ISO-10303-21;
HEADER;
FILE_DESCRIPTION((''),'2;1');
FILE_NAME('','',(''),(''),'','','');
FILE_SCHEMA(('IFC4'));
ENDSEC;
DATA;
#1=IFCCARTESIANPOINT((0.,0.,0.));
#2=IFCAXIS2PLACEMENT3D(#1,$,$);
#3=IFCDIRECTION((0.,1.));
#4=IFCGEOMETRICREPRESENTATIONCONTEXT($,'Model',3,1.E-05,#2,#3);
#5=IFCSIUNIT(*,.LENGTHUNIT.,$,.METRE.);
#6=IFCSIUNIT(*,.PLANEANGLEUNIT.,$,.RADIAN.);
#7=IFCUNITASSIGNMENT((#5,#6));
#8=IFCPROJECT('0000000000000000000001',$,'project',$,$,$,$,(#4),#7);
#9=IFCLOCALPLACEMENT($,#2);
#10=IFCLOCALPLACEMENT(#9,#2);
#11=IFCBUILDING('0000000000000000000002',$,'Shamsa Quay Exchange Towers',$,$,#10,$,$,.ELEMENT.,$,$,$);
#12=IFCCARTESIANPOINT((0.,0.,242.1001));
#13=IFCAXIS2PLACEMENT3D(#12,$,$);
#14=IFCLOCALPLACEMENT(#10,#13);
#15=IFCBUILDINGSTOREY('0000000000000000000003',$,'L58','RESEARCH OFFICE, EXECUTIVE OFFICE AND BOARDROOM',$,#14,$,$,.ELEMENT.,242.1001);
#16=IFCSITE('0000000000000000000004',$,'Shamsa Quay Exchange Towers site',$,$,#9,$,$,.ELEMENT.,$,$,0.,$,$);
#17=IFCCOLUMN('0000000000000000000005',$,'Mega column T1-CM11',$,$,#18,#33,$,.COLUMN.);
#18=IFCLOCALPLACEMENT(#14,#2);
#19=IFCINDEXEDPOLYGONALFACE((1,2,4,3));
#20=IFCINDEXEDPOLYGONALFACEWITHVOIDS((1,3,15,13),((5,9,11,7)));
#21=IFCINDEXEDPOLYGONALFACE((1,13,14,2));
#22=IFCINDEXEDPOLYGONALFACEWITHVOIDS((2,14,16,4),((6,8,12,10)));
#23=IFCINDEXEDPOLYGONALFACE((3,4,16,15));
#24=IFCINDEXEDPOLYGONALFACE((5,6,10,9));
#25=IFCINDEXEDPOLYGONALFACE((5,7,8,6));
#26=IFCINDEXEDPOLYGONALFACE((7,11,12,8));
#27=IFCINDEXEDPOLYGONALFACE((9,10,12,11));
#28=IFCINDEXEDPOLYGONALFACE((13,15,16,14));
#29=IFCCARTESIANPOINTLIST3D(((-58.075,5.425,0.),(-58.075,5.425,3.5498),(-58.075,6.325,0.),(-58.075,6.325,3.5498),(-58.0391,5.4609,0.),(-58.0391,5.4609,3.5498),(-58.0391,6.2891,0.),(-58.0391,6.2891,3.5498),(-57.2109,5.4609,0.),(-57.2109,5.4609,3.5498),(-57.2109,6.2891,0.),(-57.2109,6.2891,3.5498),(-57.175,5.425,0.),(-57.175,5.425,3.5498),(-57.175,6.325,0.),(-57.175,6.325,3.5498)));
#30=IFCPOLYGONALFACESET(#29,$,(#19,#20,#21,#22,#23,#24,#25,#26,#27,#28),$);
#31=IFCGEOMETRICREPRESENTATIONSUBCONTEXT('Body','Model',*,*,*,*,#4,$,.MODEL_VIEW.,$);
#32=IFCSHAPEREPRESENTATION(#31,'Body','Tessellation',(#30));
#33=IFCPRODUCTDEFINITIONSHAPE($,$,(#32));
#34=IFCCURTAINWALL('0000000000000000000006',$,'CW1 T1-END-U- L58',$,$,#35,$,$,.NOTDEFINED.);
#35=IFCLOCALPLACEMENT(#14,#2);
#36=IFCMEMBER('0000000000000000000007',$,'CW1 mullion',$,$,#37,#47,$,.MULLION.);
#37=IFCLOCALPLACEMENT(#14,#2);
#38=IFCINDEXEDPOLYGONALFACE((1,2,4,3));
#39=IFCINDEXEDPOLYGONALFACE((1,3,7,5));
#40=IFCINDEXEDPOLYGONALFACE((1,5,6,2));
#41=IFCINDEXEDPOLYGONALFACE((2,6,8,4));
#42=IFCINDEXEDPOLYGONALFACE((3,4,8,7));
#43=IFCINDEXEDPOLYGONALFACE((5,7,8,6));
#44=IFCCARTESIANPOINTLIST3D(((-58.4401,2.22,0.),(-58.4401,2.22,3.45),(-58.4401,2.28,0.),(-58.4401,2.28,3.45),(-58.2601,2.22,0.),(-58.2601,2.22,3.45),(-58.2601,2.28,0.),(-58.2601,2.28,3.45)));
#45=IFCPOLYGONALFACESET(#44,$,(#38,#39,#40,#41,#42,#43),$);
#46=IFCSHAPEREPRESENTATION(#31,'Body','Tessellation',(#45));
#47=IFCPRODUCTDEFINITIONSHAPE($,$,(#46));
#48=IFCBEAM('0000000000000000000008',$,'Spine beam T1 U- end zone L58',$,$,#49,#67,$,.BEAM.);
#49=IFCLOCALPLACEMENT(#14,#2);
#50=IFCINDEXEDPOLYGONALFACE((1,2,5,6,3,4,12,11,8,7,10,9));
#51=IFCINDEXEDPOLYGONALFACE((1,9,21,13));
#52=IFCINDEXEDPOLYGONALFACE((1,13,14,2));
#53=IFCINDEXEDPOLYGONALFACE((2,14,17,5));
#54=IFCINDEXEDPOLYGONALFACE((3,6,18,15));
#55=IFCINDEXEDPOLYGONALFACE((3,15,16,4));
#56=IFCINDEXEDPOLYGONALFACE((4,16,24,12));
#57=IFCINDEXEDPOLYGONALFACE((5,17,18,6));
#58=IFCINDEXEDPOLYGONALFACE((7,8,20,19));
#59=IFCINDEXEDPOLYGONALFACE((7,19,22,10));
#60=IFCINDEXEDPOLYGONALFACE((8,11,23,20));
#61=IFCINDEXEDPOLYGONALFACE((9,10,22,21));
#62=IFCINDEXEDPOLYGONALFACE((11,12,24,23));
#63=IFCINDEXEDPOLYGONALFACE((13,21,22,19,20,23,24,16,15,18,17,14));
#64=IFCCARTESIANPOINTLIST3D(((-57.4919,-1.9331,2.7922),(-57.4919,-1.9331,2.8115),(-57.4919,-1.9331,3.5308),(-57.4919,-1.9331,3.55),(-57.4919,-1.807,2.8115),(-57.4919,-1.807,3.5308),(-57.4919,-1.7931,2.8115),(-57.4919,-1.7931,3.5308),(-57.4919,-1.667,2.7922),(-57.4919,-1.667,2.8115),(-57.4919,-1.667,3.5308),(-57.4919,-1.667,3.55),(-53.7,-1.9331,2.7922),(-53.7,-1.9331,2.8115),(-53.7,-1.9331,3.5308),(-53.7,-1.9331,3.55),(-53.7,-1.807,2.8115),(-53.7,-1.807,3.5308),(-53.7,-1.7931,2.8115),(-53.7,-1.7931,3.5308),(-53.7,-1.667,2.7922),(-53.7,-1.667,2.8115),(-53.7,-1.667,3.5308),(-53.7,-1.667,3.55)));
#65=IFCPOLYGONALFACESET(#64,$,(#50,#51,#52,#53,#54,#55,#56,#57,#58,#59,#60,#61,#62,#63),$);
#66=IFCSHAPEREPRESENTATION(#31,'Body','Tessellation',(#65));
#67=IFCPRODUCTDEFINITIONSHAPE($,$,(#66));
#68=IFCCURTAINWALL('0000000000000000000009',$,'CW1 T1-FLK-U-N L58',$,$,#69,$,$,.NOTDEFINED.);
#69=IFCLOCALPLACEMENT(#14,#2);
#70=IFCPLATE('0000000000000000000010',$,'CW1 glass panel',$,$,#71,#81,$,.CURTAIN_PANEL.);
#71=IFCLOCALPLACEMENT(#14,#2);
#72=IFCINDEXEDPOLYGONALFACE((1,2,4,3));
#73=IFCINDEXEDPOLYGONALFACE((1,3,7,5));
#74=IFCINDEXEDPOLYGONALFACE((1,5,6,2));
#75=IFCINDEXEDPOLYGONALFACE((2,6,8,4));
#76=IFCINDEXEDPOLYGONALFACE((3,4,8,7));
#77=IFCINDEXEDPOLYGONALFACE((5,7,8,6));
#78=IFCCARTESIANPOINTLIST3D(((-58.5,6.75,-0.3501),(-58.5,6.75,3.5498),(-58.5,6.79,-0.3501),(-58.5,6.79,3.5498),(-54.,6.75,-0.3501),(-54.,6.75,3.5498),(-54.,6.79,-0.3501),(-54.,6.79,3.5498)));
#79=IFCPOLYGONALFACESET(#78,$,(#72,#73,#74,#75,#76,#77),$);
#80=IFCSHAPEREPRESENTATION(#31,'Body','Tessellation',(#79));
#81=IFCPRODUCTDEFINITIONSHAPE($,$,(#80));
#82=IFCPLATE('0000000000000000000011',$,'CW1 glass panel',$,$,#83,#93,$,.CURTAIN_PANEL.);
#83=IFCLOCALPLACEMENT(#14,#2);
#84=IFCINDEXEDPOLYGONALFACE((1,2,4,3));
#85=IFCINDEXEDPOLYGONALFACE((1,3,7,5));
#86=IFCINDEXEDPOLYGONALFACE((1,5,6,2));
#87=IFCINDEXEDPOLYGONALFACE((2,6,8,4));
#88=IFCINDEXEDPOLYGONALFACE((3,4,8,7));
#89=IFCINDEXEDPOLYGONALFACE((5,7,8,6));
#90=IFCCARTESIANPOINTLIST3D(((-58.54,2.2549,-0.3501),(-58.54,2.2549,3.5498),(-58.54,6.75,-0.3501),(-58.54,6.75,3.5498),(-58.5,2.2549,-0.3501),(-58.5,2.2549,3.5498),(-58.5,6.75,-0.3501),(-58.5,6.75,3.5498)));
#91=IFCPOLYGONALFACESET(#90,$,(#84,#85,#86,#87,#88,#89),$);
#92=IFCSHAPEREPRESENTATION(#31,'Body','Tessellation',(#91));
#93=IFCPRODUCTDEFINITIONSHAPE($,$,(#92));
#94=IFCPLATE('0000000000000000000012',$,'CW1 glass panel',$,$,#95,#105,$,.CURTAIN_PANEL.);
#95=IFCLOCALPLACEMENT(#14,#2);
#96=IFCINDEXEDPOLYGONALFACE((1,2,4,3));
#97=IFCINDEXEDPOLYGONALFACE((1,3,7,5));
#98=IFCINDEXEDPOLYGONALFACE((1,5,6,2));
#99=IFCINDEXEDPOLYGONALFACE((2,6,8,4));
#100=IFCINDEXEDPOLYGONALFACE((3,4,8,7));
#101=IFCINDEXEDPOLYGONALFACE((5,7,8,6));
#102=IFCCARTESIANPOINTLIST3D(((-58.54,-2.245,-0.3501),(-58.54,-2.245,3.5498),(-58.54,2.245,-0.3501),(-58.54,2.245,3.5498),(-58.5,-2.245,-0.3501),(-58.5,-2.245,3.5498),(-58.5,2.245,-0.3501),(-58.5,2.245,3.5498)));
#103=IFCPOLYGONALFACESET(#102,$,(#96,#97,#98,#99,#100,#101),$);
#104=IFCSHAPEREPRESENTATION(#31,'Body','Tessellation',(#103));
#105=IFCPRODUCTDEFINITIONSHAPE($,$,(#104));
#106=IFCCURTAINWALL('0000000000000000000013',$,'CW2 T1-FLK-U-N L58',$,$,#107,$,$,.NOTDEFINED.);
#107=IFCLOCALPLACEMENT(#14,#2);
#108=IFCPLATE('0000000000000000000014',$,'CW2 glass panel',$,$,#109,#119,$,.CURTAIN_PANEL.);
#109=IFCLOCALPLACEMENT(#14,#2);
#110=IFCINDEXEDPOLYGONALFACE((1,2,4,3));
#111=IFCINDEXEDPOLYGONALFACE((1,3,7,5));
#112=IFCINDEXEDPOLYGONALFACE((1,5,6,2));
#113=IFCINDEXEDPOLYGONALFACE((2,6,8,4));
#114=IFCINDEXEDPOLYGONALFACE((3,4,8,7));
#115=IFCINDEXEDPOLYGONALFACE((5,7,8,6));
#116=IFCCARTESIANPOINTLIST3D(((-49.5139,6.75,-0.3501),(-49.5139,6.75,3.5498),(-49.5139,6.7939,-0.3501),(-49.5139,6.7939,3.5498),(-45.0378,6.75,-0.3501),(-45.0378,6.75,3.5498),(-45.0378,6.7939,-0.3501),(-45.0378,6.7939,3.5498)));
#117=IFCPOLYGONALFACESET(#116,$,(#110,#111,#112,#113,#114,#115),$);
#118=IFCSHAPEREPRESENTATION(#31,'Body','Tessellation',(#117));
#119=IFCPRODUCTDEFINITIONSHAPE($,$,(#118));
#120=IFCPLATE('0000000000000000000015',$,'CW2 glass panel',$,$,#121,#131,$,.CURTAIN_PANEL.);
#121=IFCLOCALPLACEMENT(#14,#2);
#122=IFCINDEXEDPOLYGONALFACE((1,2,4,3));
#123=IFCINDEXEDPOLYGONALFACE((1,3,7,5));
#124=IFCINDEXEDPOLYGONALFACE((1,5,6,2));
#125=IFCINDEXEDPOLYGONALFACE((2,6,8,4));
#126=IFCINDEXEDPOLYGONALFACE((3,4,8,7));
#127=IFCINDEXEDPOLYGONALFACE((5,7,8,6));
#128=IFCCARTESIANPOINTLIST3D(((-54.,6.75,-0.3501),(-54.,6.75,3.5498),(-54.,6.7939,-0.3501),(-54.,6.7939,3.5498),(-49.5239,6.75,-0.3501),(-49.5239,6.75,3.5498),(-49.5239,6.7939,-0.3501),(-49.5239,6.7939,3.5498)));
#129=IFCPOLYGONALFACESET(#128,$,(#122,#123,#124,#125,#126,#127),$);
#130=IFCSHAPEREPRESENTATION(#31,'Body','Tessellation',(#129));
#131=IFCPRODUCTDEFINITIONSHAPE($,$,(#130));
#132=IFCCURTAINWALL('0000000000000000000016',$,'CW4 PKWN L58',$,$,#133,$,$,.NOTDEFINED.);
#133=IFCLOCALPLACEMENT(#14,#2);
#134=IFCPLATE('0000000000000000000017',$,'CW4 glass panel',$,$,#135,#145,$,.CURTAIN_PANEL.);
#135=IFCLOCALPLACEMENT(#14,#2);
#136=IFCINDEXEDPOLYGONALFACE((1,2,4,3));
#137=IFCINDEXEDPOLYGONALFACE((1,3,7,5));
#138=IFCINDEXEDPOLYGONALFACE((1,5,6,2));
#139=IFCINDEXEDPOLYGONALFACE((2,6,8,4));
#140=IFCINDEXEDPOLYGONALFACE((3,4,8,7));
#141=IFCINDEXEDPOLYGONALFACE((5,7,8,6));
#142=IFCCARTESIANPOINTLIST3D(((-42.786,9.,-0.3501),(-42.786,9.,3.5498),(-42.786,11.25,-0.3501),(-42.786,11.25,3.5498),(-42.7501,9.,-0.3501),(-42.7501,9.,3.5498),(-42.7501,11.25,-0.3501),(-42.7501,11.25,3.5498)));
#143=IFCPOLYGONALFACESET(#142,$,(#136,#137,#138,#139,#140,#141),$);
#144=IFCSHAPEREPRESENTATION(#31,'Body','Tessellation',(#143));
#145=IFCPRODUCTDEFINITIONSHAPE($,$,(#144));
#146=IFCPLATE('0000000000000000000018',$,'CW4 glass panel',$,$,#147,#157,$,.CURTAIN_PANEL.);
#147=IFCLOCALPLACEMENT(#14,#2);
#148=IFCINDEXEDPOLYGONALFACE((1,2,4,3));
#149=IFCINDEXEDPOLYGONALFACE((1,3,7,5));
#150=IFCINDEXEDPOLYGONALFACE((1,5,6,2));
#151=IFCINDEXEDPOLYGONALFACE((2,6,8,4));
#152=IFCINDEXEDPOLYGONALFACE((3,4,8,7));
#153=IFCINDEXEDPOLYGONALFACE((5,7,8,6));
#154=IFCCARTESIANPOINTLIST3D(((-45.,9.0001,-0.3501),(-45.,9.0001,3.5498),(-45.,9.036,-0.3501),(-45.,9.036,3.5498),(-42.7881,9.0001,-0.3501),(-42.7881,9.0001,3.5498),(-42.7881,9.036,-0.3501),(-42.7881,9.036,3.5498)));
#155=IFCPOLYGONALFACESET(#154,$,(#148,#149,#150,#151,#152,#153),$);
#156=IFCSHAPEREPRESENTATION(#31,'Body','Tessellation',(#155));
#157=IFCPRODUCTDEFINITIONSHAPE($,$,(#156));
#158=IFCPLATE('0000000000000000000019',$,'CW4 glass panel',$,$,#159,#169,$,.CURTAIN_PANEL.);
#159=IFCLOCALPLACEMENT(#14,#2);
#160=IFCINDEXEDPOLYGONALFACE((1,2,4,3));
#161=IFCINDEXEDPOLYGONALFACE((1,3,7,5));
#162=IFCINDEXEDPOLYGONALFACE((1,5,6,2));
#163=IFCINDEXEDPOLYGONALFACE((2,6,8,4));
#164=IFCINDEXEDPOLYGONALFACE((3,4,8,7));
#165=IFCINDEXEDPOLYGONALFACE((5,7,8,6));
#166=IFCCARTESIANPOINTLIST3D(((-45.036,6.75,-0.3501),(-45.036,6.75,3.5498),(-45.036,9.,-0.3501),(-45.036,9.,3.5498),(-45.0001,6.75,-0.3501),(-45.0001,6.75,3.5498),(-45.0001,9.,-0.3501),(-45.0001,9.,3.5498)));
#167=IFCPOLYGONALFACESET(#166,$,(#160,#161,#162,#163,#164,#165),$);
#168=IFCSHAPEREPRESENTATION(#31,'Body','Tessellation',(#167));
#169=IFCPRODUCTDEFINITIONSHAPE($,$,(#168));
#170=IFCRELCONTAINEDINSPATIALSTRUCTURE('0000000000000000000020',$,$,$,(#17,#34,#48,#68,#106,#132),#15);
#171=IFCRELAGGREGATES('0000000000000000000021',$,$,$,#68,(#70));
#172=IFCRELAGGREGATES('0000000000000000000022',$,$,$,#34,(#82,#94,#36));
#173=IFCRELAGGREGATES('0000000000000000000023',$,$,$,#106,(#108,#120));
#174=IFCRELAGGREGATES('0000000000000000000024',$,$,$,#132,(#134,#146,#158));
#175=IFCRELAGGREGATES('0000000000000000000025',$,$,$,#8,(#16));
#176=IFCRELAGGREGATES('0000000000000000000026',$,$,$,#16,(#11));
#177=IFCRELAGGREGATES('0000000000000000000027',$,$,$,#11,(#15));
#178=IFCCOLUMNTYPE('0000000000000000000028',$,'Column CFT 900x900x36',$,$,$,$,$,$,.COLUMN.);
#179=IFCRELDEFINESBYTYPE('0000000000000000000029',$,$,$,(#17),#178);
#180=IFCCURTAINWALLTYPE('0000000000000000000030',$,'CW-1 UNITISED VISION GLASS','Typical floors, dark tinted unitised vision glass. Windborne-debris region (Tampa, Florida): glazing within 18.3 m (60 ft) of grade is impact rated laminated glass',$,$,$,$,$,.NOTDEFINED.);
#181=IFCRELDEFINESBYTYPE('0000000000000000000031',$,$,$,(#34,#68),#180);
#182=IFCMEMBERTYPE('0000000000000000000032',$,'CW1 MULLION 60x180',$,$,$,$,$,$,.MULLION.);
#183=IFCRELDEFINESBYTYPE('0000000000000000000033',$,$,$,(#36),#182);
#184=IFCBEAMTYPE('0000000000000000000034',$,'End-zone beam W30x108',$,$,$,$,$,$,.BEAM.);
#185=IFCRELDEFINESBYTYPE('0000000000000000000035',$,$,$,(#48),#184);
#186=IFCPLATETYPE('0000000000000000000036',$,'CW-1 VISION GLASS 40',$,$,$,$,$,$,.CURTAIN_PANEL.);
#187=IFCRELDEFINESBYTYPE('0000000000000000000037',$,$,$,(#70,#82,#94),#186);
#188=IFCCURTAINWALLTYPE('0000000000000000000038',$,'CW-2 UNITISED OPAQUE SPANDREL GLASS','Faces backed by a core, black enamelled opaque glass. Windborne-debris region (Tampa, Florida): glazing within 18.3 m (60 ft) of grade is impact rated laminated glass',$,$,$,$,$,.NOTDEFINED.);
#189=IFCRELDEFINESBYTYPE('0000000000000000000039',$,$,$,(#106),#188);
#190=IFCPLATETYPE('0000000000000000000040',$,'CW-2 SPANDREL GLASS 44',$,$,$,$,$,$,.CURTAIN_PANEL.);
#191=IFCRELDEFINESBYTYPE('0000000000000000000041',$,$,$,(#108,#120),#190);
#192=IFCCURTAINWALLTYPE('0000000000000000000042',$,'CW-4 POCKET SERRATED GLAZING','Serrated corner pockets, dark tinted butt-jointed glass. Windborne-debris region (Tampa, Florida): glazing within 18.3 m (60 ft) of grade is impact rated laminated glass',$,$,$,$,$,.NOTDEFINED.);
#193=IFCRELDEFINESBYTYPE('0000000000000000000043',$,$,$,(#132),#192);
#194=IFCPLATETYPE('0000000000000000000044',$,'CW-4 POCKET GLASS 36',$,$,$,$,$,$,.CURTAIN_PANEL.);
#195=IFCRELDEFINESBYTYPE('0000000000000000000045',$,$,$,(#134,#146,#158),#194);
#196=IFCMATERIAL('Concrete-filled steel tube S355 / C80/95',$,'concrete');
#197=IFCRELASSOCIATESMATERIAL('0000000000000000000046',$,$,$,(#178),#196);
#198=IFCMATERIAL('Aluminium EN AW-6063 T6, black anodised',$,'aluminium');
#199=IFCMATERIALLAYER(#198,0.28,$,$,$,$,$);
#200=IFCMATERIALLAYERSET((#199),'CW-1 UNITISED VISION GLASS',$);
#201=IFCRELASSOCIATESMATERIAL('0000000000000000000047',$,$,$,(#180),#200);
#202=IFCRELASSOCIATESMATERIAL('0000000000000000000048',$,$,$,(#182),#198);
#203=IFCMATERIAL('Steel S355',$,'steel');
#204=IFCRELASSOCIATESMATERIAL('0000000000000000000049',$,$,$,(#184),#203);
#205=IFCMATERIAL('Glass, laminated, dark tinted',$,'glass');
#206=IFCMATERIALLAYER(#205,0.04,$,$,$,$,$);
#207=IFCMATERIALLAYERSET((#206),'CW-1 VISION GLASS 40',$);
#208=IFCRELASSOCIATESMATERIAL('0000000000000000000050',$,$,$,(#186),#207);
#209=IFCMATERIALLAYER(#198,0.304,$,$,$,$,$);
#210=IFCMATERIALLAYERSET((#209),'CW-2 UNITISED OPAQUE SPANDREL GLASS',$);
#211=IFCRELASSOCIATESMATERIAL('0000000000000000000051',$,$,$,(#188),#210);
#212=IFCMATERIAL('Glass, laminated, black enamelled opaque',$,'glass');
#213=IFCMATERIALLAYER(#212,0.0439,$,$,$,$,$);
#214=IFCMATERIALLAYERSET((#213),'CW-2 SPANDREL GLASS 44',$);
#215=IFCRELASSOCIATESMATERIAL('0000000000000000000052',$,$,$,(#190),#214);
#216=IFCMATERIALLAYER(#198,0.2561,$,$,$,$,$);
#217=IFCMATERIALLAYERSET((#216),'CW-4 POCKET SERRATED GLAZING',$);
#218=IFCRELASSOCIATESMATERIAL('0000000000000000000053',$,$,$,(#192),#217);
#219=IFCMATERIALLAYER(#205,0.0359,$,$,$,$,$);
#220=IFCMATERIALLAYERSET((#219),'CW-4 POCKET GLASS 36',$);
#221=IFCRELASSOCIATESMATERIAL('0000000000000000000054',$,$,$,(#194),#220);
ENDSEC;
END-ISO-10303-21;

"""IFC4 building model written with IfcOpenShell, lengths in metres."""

from ifc_helpers import new_model, si_unit, direction, frame, origin, origin_2d, place, context, subcontext, project, spatial, rectangle, hollow_rectangle, i_section, extrude, material, layer, layer_set, material_profile, profile_set, type_object, element, aggregate, save


model = new_model("IFC4")

# Units and contexts
model_context = context("Model", 3, precision=1e-05, world=origin(), true_north=direction((0.0, 1.0)))
body_context = subcontext(model_context, "Body", "Model", "MODEL_VIEW")
ifc_project = project(units=[si_unit("LENGTHUNIT", "METRE"), si_unit("PLANEANGLEUNIT", "RADIAN")], contexts=[model_context])

# Site, building, storey
site_placement = place(None, origin())
site = spatial("IfcSite", under=ifc_project, at=site_placement, Name="Shamsa Quay Exchange Towers site", CompositionType="ELEMENT", RefElevation=0.0)
building_placement = place(site_placement, origin())
building = spatial("IfcBuilding", under=site, at=building_placement, Name="Shamsa Quay Exchange Towers", CompositionType="ELEMENT")
storey_placement = place(building_placement, frame((0.0, 0.0, 242.1001)))
storey = spatial("IfcBuildingStorey", under=building, at=storey_placement, Name="L58", Description="RESEARCH OFFICE, EXECUTIVE OFFICE AND BOARDROOM", CompositionType="ELEMENT", Elevation=242.1001)

# Column
ifc_material_1 = material(Name="Concrete-filled steel tube S355 / C80/95", Category="concrete")
ifc_material_profile_1 = material_profile(ifc_material_1, hollow_rectangle(XDim=0.8999, YDim=0.8999, WallThickness=0.0359, at=origin_2d()), Name="CFT 900x900x36")
ifc_profile_set_1 = profile_set([ifc_material_profile_1], Name="Concrete-filled steel tube S355 / C80/95")
column_type = type_object("IfcColumnType", Name="Column CFT 900x900x36", PredefinedType="COLUMN", material=ifc_profile_set_1)
column_placement = place(storey_placement, frame((-57.625, 5.875, 0.0)))
element("IfcColumn", 1, at=column_placement, inside=storey, type_object=column_type, Name="Mega column T1-CM11", PredefinedType="COLUMN", context=body_context, shape_type="SweptSolid", body=[
    extrude(hollow_rectangle(XDim=0.8999, YDim=0.8999, WallThickness=0.0359, at=origin_2d()), origin(), (0.0, 0.0, 1.0), 3.5498),
])

# Curtain wall, member
ifc_material_2 = material(Name="Aluminium EN AW-6063 T6, black anodised", Category="aluminium")
ifc_layer_1 = layer(ifc_material_2, 0.28)
ifc_layer_set_1 = layer_set([ifc_layer_1], Name="CW-1 UNITISED VISION GLASS")
curtain_wall_type_1 = type_object("IfcCurtainWallType", Name="CW-1 UNITISED VISION GLASS", Description="Typical floors, dark tinted unitised vision glass. Windborne-debris region (Tampa, Florida): glazing within 18.3 m (60 ft) of grade is impact rated laminated glass", PredefinedType="NOTDEFINED", material=ifc_layer_set_1)
curtain_wall_1_placement = place(storey_placement, origin())
curtain_wall_1 = element("IfcCurtainWall", 2, at=curtain_wall_1_placement, inside=storey, type_object=curtain_wall_type_1, Name="CW1 T1-END-U- L58", PredefinedType="NOTDEFINED")
ifc_material_profile_2 = material_profile(ifc_material_2, rectangle(XDim=0.1799, YDim=0.0601, at=origin_2d()), Name="MU60x180")
ifc_profile_set_2 = profile_set([ifc_material_profile_2], Name="Aluminium EN AW-6063 T6, black anodised")
member_type = type_object("IfcMemberType", Name="CW1 MULLION 60x180", PredefinedType="MULLION", material=ifc_profile_set_2)
member_placement = place(storey_placement, frame((-58.3501, 2.25, 0.0)))
member = element("IfcMember", 3, at=member_placement, type_object=member_type, Name="CW1 mullion", PredefinedType="MULLION", context=body_context, shape_type="SweptSolid", body=[
    extrude(rectangle(XDim=0.1799, YDim=0.0601, at=origin_2d()), origin(), (0.0, 0.0, 1.0), 3.45),
])

# Beam
ifc_material_3 = material(Name="Steel S355", Category="steel")
ifc_material_profile_3 = material_profile(ifc_material_3, i_section(OverallWidth=0.2661, OverallDepth=0.7578, WebThickness=0.0139, FlangeThickness=0.0193, at=origin_2d()), Name="W30x108")
ifc_profile_set_3 = profile_set([ifc_material_profile_3], Name="Steel S355")
beam_type = type_object("IfcBeamType", Name="End-zone beam W30x108", PredefinedType="BEAM", material=ifc_profile_set_3)
beam_placement = place(storey_placement, frame((-53.7, -1.8, 3.1711), z_axis=(-1.0, 0.0, 0.0), x_axis=(0.0, -1.0, 0.0)))
element("IfcBeam", 4, at=beam_placement, inside=storey, type_object=beam_type, Name="Spine beam T1 U- end zone L58", PredefinedType="BEAM", context=body_context, shape_type="SweptSolid", body=[
    extrude(i_section(OverallWidth=0.2661, OverallDepth=0.7578, WebThickness=0.0139, FlangeThickness=0.0193, at=origin_2d()), origin(), (0.0, 0.0, 1.0), 3.792),
])

# Curtain wall, plate
curtain_wall_2_placement = place(storey_placement, origin())
curtain_wall_2 = element("IfcCurtainWall", 5, at=curtain_wall_2_placement, inside=storey, type_object=curtain_wall_type_1, Name="CW1 T1-FLK-U-N L58", PredefinedType="NOTDEFINED")
ifc_material_4 = material(Name="Glass, laminated, dark tinted", Category="glass")
ifc_layer_2 = layer(ifc_material_4, 0.04)
ifc_layer_set_2 = layer_set([ifc_layer_2], Name="CW-1 VISION GLASS 40")
plate_type_1 = type_object("IfcPlateType", Name="CW-1 VISION GLASS 40", PredefinedType="CURTAIN_PANEL", material=ifc_layer_set_2)
plate_1_placement = place(storey_placement, frame((-56.25, 6.77, -0.3501), z_axis=(0.0, 0.0, 1.0), x_axis=(-1.0, 0.0, 0.0)))
plate_1 = element("IfcPlate", 6, at=plate_1_placement, type_object=plate_type_1, Name="CW1 glass panel", PredefinedType="CURTAIN_PANEL", context=body_context, shape_type="SweptSolid", body=[
    extrude(rectangle(XDim=4.5, YDim=0.04, at=origin_2d()), origin(), (0.0, 0.0, 1.0), 3.8999),
])
aggregate(curtain_wall_2, [plate_1])

# Plates
plate_2_placement = place(storey_placement, frame((-58.52, 4.5024, -0.3501), z_axis=(0.0, 0.0, 1.0), x_axis=(0.0, -1.0, 0.0)))
plate_2 = element("IfcPlate", 7, at=plate_2_placement, type_object=plate_type_1, Name="CW1 glass panel", PredefinedType="CURTAIN_PANEL", context=body_context, shape_type="SweptSolid", body=[
    extrude(rectangle(XDim=4.4951, YDim=0.04, at=origin_2d()), origin(), (0.0, 0.0, 1.0), 3.8999),
])
plate_3_placement = place(storey_placement, frame((-58.52, 0.0, -0.3501), z_axis=(0.0, 0.0, 1.0), x_axis=(0.0, -1.0, 0.0)))
plate_3 = element("IfcPlate", 8, at=plate_3_placement, type_object=plate_type_1, Name="CW1 glass panel", PredefinedType="CURTAIN_PANEL", context=body_context, shape_type="SweptSolid", body=[
    extrude(rectangle(XDim=4.49, YDim=0.04, at=origin_2d()), origin(), (0.0, 0.0, 1.0), 3.8999),
])
aggregate(curtain_wall_1, [plate_2, plate_3, member])

# Curtain walls, plates
ifc_layer_3 = layer(ifc_material_2, 0.304)
ifc_layer_set_3 = layer_set([ifc_layer_3], Name="CW-2 UNITISED OPAQUE SPANDREL GLASS")
curtain_wall_type_2 = type_object("IfcCurtainWallType", Name="CW-2 UNITISED OPAQUE SPANDREL GLASS", Description="Faces backed by a core, black enamelled opaque glass. Windborne-debris region (Tampa, Florida): glazing within 18.3 m (60 ft) of grade is impact rated laminated glass", PredefinedType="NOTDEFINED", material=ifc_layer_set_3)
curtain_wall_3_placement = place(storey_placement, origin())
curtain_wall_3 = element("IfcCurtainWall", 9, at=curtain_wall_3_placement, inside=storey, type_object=curtain_wall_type_2, Name="CW2 T1-FLK-U-N L58", PredefinedType="NOTDEFINED")
ifc_material_5 = material(Name="Glass, laminated, black enamelled opaque", Category="glass")
ifc_layer_4 = layer(ifc_material_5, 0.0439)
ifc_layer_set_4 = layer_set([ifc_layer_4], Name="CW-2 SPANDREL GLASS 44")
plate_type_2 = type_object("IfcPlateType", Name="CW-2 SPANDREL GLASS 44", PredefinedType="CURTAIN_PANEL", material=ifc_layer_set_4)
plate_4_placement = place(storey_placement, frame((-47.2759, 6.772, -0.3501), z_axis=(0.0, 0.0, 1.0), x_axis=(-1.0, 0.0, 0.0)))
plate_4 = element("IfcPlate", 10, at=plate_4_placement, type_object=plate_type_2, Name="CW2 glass panel", PredefinedType="CURTAIN_PANEL", context=body_context, shape_type="SweptSolid", body=[
    extrude(rectangle(XDim=4.4761, YDim=0.0439, at=origin_2d()), origin(), (0.0, 0.0, 1.0), 3.8999),
])
plate_5_placement = place(storey_placement, frame((-51.762, 6.772, -0.3501), z_axis=(0.0, 0.0, 1.0), x_axis=(-1.0, 0.0, 0.0)))
plate_5 = element("IfcPlate", 11, at=plate_5_placement, type_object=plate_type_2, Name="CW2 glass panel", PredefinedType="CURTAIN_PANEL", context=body_context, shape_type="SweptSolid", body=[
    extrude(rectangle(XDim=4.4761, YDim=0.0439, at=origin_2d()), origin(), (0.0, 0.0, 1.0), 3.8999),
])
aggregate(curtain_wall_3, [plate_4, plate_5])
ifc_layer_5 = layer(ifc_material_2, 0.2561)
ifc_layer_set_5 = layer_set([ifc_layer_5], Name="CW-4 POCKET SERRATED GLAZING")
curtain_wall_type_3 = type_object("IfcCurtainWallType", Name="CW-4 POCKET SERRATED GLAZING", Description="Serrated corner pockets, dark tinted butt-jointed glass. Windborne-debris region (Tampa, Florida): glazing within 18.3 m (60 ft) of grade is impact rated laminated glass", PredefinedType="NOTDEFINED", material=ifc_layer_set_5)
curtain_wall_4_placement = place(storey_placement, origin())
curtain_wall_4 = element("IfcCurtainWall", 12, at=curtain_wall_4_placement, inside=storey, type_object=curtain_wall_type_3, Name="CW4 PKWN L58", PredefinedType="NOTDEFINED")
ifc_layer_6 = layer(ifc_material_4, 0.0359)
ifc_layer_set_6 = layer_set([ifc_layer_6], Name="CW-4 POCKET GLASS 36")
plate_type_3 = type_object("IfcPlateType", Name="CW-4 POCKET GLASS 36", PredefinedType="CURTAIN_PANEL", material=ifc_layer_set_6)
plate_6_placement = place(storey_placement, frame((-42.7681, 10.125, -0.3501), z_axis=(0.0, 0.0, 1.0), x_axis=(0.0, -1.0, 0.0)))
plate_6 = element("IfcPlate", 13, at=plate_6_placement, type_object=plate_type_3, Name="CW4 glass panel", PredefinedType="CURTAIN_PANEL", context=body_context, shape_type="SweptSolid", body=[
    extrude(rectangle(XDim=2.25, YDim=0.0359, at=origin_2d()), origin(), (0.0, 0.0, 1.0), 3.8999),
])
plate_7_placement = place(storey_placement, frame((-43.894, 9.0181, -0.3501), z_axis=(0.0, 0.0, 1.0), x_axis=(-1.0, 0.0, 0.0)))
plate_7 = element("IfcPlate", 14, at=plate_7_placement, type_object=plate_type_3, Name="CW4 glass panel", PredefinedType="CURTAIN_PANEL", context=body_context, shape_type="SweptSolid", body=[
    extrude(rectangle(XDim=2.2119, YDim=0.0359, at=origin_2d()), origin(), (0.0, 0.0, 1.0), 3.8999),
])
plate_8_placement = place(storey_placement, frame((-45.0181, 7.875, -0.3501), z_axis=(0.0, 0.0, 1.0), x_axis=(0.0, -1.0, 0.0)))
plate_8 = element("IfcPlate", 15, at=plate_8_placement, type_object=plate_type_3, Name="CW4 glass panel", PredefinedType="CURTAIN_PANEL", context=body_context, shape_type="SweptSolid", body=[
    extrude(rectangle(XDim=2.25, YDim=0.0359, at=origin_2d()), origin(), (0.0, 0.0, 1.0), 3.8999),
])
aggregate(curtain_wall_4, [plate_6, plate_7, plate_8])

save(model, "model.ifc")
